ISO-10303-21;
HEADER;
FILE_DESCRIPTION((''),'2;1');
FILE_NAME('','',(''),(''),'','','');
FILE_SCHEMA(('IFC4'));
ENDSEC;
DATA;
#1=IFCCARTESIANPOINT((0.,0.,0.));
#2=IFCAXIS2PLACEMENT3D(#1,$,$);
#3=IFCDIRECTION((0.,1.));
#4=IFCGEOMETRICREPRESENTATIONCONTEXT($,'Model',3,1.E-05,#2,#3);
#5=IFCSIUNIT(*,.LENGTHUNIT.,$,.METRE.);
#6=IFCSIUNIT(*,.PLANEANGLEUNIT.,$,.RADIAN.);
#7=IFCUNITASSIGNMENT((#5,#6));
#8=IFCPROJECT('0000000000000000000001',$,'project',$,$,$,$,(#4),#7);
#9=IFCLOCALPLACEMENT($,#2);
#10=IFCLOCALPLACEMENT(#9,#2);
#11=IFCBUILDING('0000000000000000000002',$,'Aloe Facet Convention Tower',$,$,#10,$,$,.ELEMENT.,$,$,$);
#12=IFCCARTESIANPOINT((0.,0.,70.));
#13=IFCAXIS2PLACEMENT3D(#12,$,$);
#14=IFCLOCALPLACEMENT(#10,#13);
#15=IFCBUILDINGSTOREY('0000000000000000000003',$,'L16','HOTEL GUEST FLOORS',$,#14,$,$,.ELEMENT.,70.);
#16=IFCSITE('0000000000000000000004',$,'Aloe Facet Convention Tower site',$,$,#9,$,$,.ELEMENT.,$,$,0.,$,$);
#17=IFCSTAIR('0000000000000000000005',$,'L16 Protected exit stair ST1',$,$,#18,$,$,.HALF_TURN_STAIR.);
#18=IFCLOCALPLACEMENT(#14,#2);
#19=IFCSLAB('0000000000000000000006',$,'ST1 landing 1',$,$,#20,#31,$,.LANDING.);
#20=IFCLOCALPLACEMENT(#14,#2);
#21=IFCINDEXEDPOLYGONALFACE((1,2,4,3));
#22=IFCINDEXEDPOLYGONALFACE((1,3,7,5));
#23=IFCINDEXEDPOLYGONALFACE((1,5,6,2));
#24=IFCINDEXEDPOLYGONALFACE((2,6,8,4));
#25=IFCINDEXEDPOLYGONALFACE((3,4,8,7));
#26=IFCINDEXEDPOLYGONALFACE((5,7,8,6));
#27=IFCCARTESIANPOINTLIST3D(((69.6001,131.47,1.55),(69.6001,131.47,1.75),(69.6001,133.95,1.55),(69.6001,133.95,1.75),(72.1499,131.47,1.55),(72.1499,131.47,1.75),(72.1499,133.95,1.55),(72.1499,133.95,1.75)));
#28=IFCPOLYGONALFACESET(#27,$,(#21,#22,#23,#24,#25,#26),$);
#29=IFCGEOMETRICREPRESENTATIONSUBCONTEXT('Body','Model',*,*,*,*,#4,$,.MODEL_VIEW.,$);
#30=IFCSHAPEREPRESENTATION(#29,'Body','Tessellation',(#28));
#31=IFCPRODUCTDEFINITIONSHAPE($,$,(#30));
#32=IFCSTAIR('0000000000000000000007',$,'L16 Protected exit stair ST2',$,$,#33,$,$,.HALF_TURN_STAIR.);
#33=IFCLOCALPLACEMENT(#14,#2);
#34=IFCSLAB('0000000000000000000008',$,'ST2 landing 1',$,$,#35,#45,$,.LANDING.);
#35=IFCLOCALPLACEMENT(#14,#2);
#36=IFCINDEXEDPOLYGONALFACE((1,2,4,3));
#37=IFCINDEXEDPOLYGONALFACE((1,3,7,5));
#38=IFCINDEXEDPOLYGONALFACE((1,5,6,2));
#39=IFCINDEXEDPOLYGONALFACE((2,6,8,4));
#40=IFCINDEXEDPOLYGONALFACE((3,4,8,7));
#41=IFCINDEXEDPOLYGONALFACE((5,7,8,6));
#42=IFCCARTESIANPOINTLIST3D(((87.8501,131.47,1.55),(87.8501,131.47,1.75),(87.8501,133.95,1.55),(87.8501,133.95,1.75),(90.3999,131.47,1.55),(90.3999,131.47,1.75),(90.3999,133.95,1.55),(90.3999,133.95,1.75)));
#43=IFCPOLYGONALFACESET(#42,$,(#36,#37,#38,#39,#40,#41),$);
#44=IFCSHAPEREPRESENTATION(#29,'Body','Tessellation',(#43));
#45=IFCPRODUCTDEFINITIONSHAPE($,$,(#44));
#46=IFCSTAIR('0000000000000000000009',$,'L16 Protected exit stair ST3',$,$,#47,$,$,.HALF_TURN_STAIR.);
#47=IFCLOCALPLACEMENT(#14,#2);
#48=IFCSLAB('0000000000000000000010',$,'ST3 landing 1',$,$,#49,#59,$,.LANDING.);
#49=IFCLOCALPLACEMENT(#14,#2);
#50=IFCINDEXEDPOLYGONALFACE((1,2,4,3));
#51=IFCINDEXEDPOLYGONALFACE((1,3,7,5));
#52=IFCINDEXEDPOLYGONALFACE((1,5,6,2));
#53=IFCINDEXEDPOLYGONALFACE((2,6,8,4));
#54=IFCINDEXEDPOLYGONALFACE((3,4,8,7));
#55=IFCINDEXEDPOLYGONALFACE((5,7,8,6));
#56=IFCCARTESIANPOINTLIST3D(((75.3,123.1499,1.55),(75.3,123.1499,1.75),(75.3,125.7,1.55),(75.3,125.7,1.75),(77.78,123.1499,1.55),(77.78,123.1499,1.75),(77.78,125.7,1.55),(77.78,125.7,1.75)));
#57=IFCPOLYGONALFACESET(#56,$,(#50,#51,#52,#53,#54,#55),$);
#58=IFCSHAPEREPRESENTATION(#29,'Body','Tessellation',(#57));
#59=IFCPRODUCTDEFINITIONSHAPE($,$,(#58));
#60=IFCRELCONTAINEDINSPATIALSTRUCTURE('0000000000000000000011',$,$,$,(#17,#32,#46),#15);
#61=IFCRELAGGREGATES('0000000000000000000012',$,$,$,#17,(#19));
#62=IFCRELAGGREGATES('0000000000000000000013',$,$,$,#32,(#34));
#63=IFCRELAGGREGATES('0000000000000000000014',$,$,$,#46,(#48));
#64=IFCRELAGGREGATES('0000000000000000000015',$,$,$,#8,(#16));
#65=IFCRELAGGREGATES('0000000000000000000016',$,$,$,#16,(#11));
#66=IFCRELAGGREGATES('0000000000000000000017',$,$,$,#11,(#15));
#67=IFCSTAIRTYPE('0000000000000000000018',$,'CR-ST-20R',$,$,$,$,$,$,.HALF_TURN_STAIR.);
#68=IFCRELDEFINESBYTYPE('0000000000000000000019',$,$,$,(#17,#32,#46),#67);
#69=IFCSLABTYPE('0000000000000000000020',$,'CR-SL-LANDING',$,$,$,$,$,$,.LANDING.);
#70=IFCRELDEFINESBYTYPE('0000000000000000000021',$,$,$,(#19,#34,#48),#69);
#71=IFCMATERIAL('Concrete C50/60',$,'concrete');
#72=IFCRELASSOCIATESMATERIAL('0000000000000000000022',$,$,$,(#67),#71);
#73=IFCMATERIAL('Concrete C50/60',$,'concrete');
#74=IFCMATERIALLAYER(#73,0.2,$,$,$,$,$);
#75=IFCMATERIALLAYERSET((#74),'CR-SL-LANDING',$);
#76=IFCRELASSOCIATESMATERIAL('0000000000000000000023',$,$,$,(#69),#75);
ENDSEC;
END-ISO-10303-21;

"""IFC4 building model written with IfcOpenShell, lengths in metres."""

from ifc_helpers import new_model, si_unit, direction, frame, origin, place, context, subcontext, project, spatial, polyline, outline, extrude, material, layer, layer_set, type_object, element, aggregate, save


model = new_model("IFC4")

# Units and contexts
model_context = context("Model", 3, precision=1e-05, world=origin(), true_north=direction((0.0, 1.0)))
body_context = subcontext(model_context, "Body", "Model", "MODEL_VIEW")
ifc_project = project(units=[si_unit("LENGTHUNIT", "METRE"), si_unit("PLANEANGLEUNIT", "RADIAN")], contexts=[model_context])

# Site, building, storey
site_placement = place(None, origin())
site = spatial("IfcSite", under=ifc_project, at=site_placement, Name="Aloe Facet Convention Tower site", CompositionType="ELEMENT", RefElevation=0.0)
building_placement = place(site_placement, origin())
building = spatial("IfcBuilding", under=site, at=building_placement, Name="Aloe Facet Convention Tower", CompositionType="ELEMENT")
storey_placement = place(building_placement, frame((0.0, 0.0, 70.0)))
storey = spatial("IfcBuildingStorey", under=building, at=storey_placement, Name="L16", Description="HOTEL GUEST FLOORS", CompositionType="ELEMENT", Elevation=70.0)

# Stairs, slabs
ifc_material_1 = material(Name="Concrete C50/60", Category="concrete")
stair_type = type_object("IfcStairType", Name="CR-ST-20R", PredefinedType="HALF_TURN_STAIR", material=ifc_material_1)
stair_1_placement = place(storey_placement, origin())
stair_1 = element("IfcStair", 1, at=stair_1_placement, inside=storey, type_object=stair_type, Name="L16 Protected exit stair ST1", PredefinedType="HALF_TURN_STAIR")
ifc_material_2 = material(Name="Concrete C50/60", Category="concrete")
ifc_layer_1 = layer(ifc_material_2, 0.2)
ifc_layer_set_1 = layer_set([ifc_layer_1], Name="CR-SL-LANDING")
slab_type_1 = type_object("IfcSlabType", Name="CR-SL-LANDING", PredefinedType="LANDING", material=ifc_layer_set_1)
slab_1_placement = place(storey_placement, frame((0.0, 0.0, 1.55)))
slab_1 = element("IfcSlab", 2, at=slab_1_placement, type_object=slab_type_1, Name="ST1 landing 1", PredefinedType="LANDING", context=body_context, shape_type="SweptSolid", body=[
    extrude(outline(polyline([(72.1499, 131.47), (72.1499, 133.95), (69.6001, 133.95), (69.6001, 131.47), (72.1499, 131.47)])), origin(), (0.0, 0.0, 1.0), 0.2),
])
aggregate(stair_1, [slab_1])
stair_2_placement = place(storey_placement, origin())
stair_2 = element("IfcStair", 3, at=stair_2_placement, inside=storey, type_object=stair_type, Name="L16 Protected exit stair ST2", PredefinedType="HALF_TURN_STAIR")
slab_2_placement = place(storey_placement, frame((0.0, 0.0, 1.55)))
slab_2 = element("IfcSlab", 4, at=slab_2_placement, type_object=slab_type_1, Name="ST2 landing 1", PredefinedType="LANDING", context=body_context, shape_type="SweptSolid", body=[
    extrude(outline(polyline([(90.3999, 131.47), (90.3999, 133.95), (87.8501, 133.95), (87.8501, 131.47), (90.3999, 131.47)])), origin(), (0.0, 0.0, 1.0), 0.2),
])
aggregate(stair_2, [slab_2])
stair_3_placement = place(storey_placement, origin())
stair_3 = element("IfcStair", 5, at=stair_3_placement, inside=storey, type_object=stair_type, Name="L16 Protected exit stair ST3", PredefinedType="HALF_TURN_STAIR")
slab_3_placement = place(storey_placement, frame((0.0, 0.0, 1.55)))
slab_3 = element("IfcSlab", 6, at=slab_3_placement, type_object=slab_type_1, Name="ST3 landing 1", PredefinedType="LANDING", context=body_context, shape_type="SweptSolid", body=[
    extrude(outline(polyline([(77.78, 125.7), (75.3, 125.7), (75.3, 123.1499), (77.78, 123.1499), (77.78, 125.7)])), origin(), (0.0, 0.0, 1.0), 0.2),
])
aggregate(stair_3, [slab_3])

save(model, "model.ifc")
